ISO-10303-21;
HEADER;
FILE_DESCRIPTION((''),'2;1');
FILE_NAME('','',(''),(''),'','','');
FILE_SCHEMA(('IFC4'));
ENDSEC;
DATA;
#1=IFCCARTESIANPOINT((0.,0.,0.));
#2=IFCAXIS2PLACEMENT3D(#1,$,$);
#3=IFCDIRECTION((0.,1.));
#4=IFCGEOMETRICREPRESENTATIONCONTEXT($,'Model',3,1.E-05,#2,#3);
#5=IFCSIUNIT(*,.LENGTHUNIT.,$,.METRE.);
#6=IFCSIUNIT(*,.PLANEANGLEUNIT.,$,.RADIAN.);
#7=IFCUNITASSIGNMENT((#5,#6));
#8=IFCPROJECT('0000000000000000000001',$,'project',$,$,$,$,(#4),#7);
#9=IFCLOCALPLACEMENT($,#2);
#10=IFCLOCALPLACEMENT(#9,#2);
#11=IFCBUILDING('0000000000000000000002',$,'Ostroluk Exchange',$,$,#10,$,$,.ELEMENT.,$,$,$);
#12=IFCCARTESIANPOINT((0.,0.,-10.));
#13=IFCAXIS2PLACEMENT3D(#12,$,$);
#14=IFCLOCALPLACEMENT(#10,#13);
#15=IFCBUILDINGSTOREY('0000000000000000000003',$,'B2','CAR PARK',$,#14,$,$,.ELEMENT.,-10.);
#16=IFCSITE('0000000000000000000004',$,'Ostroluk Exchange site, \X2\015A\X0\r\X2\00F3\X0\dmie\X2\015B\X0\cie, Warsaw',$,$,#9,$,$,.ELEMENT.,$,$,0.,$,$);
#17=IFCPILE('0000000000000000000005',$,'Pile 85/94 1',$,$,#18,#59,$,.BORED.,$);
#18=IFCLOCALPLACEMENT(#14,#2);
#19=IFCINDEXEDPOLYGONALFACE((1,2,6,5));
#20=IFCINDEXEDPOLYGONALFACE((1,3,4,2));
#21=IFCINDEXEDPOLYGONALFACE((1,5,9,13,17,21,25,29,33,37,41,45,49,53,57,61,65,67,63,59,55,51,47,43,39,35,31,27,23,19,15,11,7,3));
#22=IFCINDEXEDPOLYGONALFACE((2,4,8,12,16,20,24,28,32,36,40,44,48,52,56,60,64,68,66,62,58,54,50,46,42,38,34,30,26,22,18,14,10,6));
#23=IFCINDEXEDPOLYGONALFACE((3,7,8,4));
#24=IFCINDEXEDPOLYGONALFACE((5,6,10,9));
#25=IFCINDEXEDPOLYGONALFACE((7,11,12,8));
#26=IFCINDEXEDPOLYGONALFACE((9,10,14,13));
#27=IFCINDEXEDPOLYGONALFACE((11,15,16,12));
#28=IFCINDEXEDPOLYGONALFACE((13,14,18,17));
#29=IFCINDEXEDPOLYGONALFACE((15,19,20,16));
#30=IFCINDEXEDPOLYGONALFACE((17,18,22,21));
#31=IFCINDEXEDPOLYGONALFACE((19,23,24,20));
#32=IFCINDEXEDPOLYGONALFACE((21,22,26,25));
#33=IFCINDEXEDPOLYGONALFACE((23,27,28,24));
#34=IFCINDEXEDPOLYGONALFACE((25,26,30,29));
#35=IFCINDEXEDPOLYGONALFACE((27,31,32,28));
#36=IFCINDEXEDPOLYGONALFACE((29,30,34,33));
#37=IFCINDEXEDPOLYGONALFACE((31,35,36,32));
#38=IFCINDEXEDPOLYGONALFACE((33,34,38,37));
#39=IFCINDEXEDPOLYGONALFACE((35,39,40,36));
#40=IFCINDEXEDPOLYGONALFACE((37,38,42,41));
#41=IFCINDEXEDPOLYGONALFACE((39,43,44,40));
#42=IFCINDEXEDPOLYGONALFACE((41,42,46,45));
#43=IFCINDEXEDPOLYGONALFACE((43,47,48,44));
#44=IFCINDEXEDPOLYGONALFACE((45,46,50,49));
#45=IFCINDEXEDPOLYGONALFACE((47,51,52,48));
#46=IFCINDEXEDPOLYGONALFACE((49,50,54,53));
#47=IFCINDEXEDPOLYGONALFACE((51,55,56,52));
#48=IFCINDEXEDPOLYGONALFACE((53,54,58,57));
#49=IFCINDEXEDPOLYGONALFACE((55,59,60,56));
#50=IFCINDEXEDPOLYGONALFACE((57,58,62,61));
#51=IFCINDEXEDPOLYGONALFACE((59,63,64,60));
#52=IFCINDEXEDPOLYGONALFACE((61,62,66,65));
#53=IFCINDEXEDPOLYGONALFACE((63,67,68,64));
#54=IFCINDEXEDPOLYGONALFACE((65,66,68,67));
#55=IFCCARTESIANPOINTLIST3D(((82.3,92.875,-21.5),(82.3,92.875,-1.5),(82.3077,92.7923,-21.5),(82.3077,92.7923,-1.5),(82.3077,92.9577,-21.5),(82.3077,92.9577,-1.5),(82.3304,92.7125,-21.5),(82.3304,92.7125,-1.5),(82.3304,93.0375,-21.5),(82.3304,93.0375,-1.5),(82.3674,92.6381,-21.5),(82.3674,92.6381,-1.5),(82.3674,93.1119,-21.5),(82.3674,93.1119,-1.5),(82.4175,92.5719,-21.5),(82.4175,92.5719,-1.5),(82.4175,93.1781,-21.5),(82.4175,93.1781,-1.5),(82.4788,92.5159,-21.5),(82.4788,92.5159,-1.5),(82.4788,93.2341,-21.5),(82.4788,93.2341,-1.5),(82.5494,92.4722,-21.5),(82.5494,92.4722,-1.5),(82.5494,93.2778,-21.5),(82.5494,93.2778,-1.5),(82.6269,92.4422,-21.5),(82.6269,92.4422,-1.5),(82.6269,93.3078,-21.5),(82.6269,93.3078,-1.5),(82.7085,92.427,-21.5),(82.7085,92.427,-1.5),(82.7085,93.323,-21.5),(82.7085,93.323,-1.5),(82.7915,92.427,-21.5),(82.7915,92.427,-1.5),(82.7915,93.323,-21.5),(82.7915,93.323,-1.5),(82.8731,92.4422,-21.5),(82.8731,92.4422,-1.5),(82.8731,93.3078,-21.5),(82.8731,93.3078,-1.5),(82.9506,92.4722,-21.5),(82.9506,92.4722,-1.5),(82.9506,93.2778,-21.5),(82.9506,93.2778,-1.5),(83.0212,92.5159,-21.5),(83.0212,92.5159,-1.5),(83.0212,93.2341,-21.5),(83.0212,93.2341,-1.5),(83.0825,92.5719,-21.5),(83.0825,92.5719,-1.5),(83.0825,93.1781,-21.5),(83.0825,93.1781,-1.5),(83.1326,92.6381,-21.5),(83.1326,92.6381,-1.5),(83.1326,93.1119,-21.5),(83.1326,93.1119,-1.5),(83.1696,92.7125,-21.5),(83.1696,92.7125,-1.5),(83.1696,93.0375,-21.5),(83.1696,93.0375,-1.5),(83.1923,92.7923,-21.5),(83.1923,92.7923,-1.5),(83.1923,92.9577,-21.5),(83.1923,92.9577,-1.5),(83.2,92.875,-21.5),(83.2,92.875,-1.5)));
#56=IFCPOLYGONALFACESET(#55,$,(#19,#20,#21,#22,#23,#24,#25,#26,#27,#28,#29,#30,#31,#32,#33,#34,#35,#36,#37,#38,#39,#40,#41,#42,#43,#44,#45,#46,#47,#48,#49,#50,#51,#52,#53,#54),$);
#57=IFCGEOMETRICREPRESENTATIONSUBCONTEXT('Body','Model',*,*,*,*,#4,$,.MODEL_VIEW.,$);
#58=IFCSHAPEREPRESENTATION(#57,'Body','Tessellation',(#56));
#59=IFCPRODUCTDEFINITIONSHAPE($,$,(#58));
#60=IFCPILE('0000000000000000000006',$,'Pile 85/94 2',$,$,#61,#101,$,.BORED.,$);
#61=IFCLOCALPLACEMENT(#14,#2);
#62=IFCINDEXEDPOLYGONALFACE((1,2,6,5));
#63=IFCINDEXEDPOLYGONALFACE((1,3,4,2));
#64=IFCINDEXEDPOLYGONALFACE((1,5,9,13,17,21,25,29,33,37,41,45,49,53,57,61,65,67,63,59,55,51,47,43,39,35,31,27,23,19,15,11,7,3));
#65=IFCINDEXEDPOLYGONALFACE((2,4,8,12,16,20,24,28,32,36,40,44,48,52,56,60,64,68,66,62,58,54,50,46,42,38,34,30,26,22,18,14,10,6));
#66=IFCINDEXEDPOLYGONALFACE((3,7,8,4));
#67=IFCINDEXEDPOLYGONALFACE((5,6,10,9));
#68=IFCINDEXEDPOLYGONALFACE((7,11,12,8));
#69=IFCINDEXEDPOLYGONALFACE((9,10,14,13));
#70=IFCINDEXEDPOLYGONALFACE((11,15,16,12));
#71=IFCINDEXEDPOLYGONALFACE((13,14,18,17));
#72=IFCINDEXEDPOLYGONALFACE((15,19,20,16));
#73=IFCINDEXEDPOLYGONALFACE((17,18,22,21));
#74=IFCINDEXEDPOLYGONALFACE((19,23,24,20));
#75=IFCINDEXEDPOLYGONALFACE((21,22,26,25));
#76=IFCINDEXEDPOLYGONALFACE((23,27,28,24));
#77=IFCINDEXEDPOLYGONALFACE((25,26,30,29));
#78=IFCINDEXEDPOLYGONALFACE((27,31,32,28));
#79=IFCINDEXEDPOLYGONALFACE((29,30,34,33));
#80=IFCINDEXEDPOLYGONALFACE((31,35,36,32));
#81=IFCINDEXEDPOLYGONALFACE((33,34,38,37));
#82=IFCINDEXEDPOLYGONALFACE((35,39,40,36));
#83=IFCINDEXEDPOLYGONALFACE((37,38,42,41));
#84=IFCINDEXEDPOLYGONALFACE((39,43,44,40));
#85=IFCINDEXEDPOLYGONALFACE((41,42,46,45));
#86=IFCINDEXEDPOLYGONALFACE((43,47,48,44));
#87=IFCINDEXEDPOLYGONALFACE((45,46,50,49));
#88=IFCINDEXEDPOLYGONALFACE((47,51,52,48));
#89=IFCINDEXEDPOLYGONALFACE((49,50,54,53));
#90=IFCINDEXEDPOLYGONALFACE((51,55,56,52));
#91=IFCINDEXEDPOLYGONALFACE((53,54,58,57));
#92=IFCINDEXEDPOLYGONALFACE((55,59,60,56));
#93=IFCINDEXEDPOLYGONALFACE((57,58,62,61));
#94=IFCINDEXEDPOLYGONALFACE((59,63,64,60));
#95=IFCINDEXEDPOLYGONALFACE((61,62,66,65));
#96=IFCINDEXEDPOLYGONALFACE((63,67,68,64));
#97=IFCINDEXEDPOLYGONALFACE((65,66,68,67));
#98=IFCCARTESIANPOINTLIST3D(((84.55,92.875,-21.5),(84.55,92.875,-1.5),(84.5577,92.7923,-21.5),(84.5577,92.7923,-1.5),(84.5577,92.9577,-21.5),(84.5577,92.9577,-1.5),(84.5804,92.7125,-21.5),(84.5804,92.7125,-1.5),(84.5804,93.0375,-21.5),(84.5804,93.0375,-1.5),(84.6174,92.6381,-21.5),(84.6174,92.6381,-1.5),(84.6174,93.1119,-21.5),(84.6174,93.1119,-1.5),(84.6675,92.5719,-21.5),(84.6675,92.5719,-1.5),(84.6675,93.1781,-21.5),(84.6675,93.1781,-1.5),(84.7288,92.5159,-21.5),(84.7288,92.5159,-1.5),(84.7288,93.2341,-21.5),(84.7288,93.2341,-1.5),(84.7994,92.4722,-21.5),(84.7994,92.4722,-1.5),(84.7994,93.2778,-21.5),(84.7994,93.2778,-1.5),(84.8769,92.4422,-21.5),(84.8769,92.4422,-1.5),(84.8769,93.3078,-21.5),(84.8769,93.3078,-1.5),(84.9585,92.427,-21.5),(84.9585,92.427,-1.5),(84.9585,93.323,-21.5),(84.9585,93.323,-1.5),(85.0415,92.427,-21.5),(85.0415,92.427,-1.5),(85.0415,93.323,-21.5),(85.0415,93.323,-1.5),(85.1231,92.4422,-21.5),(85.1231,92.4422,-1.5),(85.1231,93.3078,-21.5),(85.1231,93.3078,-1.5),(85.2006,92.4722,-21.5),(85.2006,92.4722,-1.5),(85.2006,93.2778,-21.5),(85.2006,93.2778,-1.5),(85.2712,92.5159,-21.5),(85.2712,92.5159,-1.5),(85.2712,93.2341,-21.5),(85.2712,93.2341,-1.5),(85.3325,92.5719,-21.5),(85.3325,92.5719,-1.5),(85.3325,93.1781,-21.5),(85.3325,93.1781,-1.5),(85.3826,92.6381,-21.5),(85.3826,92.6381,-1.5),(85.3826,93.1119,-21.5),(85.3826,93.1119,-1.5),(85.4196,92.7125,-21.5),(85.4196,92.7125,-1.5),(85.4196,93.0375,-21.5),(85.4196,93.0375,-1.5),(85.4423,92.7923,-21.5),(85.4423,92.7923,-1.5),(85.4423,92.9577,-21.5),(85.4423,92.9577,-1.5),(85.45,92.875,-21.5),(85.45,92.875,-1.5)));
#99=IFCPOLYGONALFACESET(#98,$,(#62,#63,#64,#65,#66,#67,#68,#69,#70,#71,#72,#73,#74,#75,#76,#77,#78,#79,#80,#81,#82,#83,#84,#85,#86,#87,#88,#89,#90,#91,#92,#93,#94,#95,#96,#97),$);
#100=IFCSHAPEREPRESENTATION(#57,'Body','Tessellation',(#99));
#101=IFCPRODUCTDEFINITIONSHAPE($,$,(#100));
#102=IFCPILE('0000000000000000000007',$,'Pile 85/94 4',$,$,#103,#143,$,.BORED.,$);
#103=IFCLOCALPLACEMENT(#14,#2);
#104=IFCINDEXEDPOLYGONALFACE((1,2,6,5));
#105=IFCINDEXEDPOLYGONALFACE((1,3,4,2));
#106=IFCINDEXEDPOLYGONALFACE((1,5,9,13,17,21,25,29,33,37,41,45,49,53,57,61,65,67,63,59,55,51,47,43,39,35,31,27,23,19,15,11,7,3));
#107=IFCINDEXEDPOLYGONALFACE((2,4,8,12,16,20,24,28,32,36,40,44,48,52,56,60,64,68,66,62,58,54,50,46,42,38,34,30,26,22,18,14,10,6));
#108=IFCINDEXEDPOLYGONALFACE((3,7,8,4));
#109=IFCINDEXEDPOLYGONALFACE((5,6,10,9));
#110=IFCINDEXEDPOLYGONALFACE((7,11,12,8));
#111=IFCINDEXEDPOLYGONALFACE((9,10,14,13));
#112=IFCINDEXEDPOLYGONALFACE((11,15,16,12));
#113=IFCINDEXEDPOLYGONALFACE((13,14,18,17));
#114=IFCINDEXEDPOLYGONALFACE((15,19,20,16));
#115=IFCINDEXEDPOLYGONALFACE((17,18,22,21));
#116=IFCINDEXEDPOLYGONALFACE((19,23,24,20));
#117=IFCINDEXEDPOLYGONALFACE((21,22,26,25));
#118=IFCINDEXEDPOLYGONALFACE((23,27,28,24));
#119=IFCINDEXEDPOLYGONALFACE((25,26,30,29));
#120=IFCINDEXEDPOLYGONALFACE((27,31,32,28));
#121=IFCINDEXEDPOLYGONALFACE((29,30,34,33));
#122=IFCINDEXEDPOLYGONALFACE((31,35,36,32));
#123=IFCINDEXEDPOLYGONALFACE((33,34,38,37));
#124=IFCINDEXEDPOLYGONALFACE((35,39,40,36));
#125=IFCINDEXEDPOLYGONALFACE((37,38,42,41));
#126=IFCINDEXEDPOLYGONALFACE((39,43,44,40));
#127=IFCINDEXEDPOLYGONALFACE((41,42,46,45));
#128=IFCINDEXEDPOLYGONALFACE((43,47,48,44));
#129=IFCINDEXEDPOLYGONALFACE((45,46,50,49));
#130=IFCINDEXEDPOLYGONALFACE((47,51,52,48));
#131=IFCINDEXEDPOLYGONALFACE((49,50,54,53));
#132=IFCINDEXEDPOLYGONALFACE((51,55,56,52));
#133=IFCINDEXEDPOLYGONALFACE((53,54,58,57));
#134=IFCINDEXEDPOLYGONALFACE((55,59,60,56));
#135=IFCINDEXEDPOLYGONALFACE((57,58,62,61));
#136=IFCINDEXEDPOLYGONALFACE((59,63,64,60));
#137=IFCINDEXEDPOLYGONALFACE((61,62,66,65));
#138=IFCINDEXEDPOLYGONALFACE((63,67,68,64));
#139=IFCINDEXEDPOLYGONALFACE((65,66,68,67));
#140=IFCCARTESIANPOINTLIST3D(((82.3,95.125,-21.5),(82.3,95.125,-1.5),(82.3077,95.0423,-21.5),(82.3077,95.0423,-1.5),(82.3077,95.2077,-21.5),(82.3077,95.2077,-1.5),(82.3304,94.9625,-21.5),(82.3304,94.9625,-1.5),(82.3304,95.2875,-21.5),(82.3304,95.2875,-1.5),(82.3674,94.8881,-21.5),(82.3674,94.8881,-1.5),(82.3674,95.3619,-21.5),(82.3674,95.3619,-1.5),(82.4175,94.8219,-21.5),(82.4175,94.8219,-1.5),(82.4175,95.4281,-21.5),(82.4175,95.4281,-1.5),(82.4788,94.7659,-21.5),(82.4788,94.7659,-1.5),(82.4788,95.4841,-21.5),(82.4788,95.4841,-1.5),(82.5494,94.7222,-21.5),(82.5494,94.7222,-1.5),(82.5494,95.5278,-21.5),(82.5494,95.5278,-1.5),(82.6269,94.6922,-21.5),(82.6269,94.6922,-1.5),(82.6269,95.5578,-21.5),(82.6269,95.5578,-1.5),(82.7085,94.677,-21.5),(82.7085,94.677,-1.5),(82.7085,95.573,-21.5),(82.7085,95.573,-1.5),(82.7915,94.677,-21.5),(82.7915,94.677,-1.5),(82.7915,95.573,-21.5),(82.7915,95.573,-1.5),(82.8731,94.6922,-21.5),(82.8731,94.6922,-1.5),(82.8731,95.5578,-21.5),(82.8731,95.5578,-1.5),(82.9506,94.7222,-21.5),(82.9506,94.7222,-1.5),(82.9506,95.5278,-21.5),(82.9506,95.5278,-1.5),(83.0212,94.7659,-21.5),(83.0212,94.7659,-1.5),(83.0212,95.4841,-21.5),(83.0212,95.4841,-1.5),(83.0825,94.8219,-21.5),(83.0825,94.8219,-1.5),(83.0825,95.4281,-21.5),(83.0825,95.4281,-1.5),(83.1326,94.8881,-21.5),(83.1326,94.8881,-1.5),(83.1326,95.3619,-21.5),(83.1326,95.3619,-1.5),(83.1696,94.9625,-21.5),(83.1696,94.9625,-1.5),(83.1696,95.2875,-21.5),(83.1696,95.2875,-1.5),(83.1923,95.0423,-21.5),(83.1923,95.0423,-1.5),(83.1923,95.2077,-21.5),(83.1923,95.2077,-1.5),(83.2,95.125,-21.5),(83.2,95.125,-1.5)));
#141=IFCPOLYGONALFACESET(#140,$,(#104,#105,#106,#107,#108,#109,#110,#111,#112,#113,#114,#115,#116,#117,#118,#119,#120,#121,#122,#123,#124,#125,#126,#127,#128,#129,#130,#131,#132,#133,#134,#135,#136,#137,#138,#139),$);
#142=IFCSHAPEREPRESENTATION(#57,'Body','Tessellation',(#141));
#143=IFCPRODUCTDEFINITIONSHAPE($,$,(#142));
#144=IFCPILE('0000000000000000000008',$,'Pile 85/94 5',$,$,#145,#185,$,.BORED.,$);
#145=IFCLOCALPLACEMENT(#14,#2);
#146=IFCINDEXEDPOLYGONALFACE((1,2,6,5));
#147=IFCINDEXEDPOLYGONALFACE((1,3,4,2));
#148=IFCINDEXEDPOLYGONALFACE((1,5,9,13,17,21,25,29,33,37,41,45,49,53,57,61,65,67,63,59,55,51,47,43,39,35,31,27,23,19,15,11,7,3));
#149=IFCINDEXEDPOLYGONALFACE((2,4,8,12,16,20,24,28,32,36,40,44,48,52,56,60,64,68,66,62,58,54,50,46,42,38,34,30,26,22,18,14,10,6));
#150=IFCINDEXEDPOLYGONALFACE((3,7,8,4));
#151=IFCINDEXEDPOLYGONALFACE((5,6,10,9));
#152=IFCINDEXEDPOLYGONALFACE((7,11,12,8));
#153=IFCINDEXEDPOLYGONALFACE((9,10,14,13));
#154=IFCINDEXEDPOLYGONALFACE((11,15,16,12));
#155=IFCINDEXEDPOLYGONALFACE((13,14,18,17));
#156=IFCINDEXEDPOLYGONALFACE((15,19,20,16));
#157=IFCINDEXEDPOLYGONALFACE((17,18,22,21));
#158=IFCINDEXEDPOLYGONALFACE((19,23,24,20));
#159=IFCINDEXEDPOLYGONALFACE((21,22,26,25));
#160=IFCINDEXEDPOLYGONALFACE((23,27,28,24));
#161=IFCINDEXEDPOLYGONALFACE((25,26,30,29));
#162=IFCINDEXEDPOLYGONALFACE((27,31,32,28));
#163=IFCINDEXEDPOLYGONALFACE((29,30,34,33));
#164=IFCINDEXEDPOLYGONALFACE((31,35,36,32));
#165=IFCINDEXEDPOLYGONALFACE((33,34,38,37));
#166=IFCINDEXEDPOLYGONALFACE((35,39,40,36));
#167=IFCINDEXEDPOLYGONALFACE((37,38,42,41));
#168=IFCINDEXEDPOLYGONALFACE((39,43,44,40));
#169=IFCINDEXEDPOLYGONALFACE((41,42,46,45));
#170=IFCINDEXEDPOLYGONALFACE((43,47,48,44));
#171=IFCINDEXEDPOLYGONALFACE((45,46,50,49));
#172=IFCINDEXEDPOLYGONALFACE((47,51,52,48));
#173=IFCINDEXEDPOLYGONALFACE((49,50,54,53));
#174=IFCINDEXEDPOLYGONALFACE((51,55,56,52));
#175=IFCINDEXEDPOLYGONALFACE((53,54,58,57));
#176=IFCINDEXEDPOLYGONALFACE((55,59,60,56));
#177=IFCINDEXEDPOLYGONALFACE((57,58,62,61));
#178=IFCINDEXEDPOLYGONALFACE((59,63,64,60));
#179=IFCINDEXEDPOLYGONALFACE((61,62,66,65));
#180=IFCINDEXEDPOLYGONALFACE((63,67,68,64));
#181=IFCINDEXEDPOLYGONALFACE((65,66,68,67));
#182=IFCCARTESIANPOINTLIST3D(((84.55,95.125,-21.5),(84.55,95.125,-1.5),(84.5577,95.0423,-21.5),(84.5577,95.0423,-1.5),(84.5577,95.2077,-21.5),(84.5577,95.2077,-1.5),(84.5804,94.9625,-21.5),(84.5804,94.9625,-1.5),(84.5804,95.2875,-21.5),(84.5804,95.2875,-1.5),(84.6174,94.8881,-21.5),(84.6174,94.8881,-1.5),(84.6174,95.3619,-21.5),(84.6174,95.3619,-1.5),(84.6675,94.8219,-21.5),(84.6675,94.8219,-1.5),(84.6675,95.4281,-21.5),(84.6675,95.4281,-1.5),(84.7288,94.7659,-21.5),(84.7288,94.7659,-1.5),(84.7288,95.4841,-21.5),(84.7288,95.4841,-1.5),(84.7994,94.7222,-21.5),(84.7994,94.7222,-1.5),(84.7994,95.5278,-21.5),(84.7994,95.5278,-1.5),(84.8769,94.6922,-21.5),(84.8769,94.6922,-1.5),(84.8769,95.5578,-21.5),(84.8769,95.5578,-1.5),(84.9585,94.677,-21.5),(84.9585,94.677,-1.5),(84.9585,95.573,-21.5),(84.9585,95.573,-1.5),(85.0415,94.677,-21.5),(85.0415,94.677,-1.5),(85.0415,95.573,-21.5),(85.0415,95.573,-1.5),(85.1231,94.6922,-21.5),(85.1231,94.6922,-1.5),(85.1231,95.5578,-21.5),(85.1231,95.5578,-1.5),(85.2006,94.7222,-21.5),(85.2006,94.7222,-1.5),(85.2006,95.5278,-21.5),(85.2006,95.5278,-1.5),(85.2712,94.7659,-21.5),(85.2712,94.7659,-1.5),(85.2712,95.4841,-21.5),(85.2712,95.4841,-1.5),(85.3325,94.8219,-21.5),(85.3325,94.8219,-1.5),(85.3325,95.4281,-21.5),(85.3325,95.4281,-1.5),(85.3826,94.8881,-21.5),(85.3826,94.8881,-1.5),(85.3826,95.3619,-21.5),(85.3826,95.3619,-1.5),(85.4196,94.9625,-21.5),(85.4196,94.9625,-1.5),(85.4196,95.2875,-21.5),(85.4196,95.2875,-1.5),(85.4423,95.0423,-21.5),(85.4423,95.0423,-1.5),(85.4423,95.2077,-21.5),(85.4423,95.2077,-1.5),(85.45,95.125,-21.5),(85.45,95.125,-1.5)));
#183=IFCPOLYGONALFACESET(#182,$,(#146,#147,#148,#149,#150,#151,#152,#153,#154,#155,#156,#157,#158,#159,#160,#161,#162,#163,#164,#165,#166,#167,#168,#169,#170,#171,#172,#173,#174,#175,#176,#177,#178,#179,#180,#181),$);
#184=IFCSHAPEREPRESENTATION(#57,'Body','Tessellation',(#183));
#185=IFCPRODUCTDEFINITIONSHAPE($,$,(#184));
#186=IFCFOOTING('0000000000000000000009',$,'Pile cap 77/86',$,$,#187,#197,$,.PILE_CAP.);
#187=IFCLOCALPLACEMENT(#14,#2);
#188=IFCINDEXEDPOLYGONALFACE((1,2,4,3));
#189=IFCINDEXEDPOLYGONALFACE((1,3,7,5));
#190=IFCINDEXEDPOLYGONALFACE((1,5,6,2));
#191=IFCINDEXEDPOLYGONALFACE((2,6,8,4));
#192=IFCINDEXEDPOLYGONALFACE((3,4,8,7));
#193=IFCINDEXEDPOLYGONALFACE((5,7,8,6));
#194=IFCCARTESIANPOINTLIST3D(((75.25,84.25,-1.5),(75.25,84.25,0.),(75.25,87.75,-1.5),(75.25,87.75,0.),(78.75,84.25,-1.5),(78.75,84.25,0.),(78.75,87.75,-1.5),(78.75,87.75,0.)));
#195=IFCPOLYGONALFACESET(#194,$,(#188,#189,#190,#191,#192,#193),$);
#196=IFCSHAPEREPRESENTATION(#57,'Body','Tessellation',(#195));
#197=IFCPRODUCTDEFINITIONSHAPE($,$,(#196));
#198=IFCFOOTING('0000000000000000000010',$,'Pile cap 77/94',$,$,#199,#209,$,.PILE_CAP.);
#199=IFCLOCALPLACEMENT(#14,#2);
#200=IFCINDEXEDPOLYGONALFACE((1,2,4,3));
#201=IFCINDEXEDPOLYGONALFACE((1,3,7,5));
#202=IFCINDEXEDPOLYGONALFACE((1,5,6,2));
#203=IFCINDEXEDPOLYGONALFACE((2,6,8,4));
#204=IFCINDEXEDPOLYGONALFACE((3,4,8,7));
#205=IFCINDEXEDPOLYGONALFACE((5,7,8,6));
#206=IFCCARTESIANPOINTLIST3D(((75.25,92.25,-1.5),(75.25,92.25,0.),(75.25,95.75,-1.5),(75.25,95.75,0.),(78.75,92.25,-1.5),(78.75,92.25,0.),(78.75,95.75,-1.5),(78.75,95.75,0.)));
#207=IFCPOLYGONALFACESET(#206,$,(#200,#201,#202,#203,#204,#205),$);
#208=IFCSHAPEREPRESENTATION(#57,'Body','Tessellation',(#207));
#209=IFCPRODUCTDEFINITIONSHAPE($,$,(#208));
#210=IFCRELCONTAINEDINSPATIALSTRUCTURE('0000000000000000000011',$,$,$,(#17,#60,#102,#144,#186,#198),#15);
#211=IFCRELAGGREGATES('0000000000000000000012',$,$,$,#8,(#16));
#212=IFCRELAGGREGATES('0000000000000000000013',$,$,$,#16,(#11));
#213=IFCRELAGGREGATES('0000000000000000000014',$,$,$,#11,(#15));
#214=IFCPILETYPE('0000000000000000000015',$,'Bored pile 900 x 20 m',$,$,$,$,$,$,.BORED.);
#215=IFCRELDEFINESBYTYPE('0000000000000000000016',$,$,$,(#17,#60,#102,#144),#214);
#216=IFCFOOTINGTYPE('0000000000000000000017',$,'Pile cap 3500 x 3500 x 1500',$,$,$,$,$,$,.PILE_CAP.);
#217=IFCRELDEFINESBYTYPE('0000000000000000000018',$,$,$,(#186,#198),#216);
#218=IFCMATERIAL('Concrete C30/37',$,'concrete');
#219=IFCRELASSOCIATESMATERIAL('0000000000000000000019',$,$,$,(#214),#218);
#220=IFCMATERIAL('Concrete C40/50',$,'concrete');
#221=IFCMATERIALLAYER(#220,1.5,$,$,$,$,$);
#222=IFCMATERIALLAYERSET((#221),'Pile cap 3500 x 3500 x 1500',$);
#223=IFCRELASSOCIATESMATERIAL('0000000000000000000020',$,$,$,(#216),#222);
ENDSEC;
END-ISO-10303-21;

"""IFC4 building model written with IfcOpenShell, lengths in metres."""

from ifc_helpers import new_model, si_unit, direction, frame, origin, origin_2d, place, context, subcontext, project, spatial, rectangle, circle, extrude, material, layer, layer_set, type_object, element, save


model = new_model("IFC4")

# Units and contexts
model_context = context("Model", 3, precision=1e-05, world=origin(), true_north=direction((0.0, 1.0)))
body_context = subcontext(model_context, "Body", "Model", "MODEL_VIEW")
ifc_project = project(units=[si_unit("LENGTHUNIT", "METRE"), si_unit("PLANEANGLEUNIT", "RADIAN")], contexts=[model_context])

# Site, building, storey
site_placement = place(None, origin())
site = spatial("IfcSite", under=ifc_project, at=site_placement, Name="Ostroluk Exchange site, Śródmieście, Warsaw", CompositionType="ELEMENT", RefElevation=0.0)
building_placement = place(site_placement, origin())
building = spatial("IfcBuilding", under=site, at=building_placement, Name="Ostroluk Exchange", CompositionType="ELEMENT")
storey_placement = place(building_placement, frame((0.0, 0.0, -10.0)))
storey = spatial("IfcBuildingStorey", under=building, at=storey_placement, Name="B2", Description="CAR PARK", CompositionType="ELEMENT", Elevation=-10.0)

# Piles
ifc_material_1 = material(Name="Concrete C30/37", Category="concrete")
pile_type = type_object("IfcPileType", Name="Bored pile 900 x 20 m", PredefinedType="BORED", material=ifc_material_1)
for number, where, z_axis, x_axis, name in (
    (1, (82.75, 92.875, -1.5), (0.0, 0.0, -1.0), (1.0, 0.0, 0.0), "Pile 85/94 1"),
    (2, (85.0, 92.875, -1.5), (0.0, 0.0, -1.0), (1.0, 0.0, 0.0), "Pile 85/94 2"),
    (3, (82.75, 95.125, -1.5), (0.0, 0.0, -1.0), (1.0, 0.0, 0.0), "Pile 85/94 4"),
    (4, (85.0, 95.125, -1.5), (0.0, 0.0, -1.0), (1.0, 0.0, 0.0), "Pile 85/94 5"),
):
    element("IfcPile", number, at=place(storey_placement, frame(where, z_axis=z_axis, x_axis=x_axis)), inside=storey, type_object=pile_type, Name=name, PredefinedType="BORED", context=body_context, shape_type="SweptSolid", body=[
        extrude(circle(Radius=0.45, at=origin_2d()), origin(), (0.0, 0.0, 1.0), 20.0),
    ])

# Footings
ifc_material_2 = material(Name="Concrete C40/50", Category="concrete")
ifc_layer_1 = layer(ifc_material_2, 1.5)
ifc_layer_set_1 = layer_set([ifc_layer_1], Name="Pile cap 3500 x 3500 x 1500")
footing_type_1 = type_object("IfcFootingType", Name="Pile cap 3500 x 3500 x 1500", PredefinedType="PILE_CAP", material=ifc_layer_set_1)
for number, where, z_axis, x_axis, name in (
    (5, (77.0, 86.0, -1.5), (0.0, 0.0, 1.0), (1.0, 0.0, 0.0), "Pile cap 77/86"),
    (6, (77.0, 94.0, -1.5), (0.0, 0.0, 1.0), (1.0, 0.0, 0.0), "Pile cap 77/94"),
):
    element("IfcFooting", number, at=place(storey_placement, frame(where, z_axis=z_axis, x_axis=x_axis)), inside=storey, type_object=footing_type_1, Name=name, PredefinedType="PILE_CAP", context=body_context, shape_type="SweptSolid", body=[
        extrude(rectangle(XDim=3.5, YDim=3.5, at=origin_2d()), origin(), (0.0, 0.0, 1.0), 1.5),
    ])

save(model, "model.ifc")
